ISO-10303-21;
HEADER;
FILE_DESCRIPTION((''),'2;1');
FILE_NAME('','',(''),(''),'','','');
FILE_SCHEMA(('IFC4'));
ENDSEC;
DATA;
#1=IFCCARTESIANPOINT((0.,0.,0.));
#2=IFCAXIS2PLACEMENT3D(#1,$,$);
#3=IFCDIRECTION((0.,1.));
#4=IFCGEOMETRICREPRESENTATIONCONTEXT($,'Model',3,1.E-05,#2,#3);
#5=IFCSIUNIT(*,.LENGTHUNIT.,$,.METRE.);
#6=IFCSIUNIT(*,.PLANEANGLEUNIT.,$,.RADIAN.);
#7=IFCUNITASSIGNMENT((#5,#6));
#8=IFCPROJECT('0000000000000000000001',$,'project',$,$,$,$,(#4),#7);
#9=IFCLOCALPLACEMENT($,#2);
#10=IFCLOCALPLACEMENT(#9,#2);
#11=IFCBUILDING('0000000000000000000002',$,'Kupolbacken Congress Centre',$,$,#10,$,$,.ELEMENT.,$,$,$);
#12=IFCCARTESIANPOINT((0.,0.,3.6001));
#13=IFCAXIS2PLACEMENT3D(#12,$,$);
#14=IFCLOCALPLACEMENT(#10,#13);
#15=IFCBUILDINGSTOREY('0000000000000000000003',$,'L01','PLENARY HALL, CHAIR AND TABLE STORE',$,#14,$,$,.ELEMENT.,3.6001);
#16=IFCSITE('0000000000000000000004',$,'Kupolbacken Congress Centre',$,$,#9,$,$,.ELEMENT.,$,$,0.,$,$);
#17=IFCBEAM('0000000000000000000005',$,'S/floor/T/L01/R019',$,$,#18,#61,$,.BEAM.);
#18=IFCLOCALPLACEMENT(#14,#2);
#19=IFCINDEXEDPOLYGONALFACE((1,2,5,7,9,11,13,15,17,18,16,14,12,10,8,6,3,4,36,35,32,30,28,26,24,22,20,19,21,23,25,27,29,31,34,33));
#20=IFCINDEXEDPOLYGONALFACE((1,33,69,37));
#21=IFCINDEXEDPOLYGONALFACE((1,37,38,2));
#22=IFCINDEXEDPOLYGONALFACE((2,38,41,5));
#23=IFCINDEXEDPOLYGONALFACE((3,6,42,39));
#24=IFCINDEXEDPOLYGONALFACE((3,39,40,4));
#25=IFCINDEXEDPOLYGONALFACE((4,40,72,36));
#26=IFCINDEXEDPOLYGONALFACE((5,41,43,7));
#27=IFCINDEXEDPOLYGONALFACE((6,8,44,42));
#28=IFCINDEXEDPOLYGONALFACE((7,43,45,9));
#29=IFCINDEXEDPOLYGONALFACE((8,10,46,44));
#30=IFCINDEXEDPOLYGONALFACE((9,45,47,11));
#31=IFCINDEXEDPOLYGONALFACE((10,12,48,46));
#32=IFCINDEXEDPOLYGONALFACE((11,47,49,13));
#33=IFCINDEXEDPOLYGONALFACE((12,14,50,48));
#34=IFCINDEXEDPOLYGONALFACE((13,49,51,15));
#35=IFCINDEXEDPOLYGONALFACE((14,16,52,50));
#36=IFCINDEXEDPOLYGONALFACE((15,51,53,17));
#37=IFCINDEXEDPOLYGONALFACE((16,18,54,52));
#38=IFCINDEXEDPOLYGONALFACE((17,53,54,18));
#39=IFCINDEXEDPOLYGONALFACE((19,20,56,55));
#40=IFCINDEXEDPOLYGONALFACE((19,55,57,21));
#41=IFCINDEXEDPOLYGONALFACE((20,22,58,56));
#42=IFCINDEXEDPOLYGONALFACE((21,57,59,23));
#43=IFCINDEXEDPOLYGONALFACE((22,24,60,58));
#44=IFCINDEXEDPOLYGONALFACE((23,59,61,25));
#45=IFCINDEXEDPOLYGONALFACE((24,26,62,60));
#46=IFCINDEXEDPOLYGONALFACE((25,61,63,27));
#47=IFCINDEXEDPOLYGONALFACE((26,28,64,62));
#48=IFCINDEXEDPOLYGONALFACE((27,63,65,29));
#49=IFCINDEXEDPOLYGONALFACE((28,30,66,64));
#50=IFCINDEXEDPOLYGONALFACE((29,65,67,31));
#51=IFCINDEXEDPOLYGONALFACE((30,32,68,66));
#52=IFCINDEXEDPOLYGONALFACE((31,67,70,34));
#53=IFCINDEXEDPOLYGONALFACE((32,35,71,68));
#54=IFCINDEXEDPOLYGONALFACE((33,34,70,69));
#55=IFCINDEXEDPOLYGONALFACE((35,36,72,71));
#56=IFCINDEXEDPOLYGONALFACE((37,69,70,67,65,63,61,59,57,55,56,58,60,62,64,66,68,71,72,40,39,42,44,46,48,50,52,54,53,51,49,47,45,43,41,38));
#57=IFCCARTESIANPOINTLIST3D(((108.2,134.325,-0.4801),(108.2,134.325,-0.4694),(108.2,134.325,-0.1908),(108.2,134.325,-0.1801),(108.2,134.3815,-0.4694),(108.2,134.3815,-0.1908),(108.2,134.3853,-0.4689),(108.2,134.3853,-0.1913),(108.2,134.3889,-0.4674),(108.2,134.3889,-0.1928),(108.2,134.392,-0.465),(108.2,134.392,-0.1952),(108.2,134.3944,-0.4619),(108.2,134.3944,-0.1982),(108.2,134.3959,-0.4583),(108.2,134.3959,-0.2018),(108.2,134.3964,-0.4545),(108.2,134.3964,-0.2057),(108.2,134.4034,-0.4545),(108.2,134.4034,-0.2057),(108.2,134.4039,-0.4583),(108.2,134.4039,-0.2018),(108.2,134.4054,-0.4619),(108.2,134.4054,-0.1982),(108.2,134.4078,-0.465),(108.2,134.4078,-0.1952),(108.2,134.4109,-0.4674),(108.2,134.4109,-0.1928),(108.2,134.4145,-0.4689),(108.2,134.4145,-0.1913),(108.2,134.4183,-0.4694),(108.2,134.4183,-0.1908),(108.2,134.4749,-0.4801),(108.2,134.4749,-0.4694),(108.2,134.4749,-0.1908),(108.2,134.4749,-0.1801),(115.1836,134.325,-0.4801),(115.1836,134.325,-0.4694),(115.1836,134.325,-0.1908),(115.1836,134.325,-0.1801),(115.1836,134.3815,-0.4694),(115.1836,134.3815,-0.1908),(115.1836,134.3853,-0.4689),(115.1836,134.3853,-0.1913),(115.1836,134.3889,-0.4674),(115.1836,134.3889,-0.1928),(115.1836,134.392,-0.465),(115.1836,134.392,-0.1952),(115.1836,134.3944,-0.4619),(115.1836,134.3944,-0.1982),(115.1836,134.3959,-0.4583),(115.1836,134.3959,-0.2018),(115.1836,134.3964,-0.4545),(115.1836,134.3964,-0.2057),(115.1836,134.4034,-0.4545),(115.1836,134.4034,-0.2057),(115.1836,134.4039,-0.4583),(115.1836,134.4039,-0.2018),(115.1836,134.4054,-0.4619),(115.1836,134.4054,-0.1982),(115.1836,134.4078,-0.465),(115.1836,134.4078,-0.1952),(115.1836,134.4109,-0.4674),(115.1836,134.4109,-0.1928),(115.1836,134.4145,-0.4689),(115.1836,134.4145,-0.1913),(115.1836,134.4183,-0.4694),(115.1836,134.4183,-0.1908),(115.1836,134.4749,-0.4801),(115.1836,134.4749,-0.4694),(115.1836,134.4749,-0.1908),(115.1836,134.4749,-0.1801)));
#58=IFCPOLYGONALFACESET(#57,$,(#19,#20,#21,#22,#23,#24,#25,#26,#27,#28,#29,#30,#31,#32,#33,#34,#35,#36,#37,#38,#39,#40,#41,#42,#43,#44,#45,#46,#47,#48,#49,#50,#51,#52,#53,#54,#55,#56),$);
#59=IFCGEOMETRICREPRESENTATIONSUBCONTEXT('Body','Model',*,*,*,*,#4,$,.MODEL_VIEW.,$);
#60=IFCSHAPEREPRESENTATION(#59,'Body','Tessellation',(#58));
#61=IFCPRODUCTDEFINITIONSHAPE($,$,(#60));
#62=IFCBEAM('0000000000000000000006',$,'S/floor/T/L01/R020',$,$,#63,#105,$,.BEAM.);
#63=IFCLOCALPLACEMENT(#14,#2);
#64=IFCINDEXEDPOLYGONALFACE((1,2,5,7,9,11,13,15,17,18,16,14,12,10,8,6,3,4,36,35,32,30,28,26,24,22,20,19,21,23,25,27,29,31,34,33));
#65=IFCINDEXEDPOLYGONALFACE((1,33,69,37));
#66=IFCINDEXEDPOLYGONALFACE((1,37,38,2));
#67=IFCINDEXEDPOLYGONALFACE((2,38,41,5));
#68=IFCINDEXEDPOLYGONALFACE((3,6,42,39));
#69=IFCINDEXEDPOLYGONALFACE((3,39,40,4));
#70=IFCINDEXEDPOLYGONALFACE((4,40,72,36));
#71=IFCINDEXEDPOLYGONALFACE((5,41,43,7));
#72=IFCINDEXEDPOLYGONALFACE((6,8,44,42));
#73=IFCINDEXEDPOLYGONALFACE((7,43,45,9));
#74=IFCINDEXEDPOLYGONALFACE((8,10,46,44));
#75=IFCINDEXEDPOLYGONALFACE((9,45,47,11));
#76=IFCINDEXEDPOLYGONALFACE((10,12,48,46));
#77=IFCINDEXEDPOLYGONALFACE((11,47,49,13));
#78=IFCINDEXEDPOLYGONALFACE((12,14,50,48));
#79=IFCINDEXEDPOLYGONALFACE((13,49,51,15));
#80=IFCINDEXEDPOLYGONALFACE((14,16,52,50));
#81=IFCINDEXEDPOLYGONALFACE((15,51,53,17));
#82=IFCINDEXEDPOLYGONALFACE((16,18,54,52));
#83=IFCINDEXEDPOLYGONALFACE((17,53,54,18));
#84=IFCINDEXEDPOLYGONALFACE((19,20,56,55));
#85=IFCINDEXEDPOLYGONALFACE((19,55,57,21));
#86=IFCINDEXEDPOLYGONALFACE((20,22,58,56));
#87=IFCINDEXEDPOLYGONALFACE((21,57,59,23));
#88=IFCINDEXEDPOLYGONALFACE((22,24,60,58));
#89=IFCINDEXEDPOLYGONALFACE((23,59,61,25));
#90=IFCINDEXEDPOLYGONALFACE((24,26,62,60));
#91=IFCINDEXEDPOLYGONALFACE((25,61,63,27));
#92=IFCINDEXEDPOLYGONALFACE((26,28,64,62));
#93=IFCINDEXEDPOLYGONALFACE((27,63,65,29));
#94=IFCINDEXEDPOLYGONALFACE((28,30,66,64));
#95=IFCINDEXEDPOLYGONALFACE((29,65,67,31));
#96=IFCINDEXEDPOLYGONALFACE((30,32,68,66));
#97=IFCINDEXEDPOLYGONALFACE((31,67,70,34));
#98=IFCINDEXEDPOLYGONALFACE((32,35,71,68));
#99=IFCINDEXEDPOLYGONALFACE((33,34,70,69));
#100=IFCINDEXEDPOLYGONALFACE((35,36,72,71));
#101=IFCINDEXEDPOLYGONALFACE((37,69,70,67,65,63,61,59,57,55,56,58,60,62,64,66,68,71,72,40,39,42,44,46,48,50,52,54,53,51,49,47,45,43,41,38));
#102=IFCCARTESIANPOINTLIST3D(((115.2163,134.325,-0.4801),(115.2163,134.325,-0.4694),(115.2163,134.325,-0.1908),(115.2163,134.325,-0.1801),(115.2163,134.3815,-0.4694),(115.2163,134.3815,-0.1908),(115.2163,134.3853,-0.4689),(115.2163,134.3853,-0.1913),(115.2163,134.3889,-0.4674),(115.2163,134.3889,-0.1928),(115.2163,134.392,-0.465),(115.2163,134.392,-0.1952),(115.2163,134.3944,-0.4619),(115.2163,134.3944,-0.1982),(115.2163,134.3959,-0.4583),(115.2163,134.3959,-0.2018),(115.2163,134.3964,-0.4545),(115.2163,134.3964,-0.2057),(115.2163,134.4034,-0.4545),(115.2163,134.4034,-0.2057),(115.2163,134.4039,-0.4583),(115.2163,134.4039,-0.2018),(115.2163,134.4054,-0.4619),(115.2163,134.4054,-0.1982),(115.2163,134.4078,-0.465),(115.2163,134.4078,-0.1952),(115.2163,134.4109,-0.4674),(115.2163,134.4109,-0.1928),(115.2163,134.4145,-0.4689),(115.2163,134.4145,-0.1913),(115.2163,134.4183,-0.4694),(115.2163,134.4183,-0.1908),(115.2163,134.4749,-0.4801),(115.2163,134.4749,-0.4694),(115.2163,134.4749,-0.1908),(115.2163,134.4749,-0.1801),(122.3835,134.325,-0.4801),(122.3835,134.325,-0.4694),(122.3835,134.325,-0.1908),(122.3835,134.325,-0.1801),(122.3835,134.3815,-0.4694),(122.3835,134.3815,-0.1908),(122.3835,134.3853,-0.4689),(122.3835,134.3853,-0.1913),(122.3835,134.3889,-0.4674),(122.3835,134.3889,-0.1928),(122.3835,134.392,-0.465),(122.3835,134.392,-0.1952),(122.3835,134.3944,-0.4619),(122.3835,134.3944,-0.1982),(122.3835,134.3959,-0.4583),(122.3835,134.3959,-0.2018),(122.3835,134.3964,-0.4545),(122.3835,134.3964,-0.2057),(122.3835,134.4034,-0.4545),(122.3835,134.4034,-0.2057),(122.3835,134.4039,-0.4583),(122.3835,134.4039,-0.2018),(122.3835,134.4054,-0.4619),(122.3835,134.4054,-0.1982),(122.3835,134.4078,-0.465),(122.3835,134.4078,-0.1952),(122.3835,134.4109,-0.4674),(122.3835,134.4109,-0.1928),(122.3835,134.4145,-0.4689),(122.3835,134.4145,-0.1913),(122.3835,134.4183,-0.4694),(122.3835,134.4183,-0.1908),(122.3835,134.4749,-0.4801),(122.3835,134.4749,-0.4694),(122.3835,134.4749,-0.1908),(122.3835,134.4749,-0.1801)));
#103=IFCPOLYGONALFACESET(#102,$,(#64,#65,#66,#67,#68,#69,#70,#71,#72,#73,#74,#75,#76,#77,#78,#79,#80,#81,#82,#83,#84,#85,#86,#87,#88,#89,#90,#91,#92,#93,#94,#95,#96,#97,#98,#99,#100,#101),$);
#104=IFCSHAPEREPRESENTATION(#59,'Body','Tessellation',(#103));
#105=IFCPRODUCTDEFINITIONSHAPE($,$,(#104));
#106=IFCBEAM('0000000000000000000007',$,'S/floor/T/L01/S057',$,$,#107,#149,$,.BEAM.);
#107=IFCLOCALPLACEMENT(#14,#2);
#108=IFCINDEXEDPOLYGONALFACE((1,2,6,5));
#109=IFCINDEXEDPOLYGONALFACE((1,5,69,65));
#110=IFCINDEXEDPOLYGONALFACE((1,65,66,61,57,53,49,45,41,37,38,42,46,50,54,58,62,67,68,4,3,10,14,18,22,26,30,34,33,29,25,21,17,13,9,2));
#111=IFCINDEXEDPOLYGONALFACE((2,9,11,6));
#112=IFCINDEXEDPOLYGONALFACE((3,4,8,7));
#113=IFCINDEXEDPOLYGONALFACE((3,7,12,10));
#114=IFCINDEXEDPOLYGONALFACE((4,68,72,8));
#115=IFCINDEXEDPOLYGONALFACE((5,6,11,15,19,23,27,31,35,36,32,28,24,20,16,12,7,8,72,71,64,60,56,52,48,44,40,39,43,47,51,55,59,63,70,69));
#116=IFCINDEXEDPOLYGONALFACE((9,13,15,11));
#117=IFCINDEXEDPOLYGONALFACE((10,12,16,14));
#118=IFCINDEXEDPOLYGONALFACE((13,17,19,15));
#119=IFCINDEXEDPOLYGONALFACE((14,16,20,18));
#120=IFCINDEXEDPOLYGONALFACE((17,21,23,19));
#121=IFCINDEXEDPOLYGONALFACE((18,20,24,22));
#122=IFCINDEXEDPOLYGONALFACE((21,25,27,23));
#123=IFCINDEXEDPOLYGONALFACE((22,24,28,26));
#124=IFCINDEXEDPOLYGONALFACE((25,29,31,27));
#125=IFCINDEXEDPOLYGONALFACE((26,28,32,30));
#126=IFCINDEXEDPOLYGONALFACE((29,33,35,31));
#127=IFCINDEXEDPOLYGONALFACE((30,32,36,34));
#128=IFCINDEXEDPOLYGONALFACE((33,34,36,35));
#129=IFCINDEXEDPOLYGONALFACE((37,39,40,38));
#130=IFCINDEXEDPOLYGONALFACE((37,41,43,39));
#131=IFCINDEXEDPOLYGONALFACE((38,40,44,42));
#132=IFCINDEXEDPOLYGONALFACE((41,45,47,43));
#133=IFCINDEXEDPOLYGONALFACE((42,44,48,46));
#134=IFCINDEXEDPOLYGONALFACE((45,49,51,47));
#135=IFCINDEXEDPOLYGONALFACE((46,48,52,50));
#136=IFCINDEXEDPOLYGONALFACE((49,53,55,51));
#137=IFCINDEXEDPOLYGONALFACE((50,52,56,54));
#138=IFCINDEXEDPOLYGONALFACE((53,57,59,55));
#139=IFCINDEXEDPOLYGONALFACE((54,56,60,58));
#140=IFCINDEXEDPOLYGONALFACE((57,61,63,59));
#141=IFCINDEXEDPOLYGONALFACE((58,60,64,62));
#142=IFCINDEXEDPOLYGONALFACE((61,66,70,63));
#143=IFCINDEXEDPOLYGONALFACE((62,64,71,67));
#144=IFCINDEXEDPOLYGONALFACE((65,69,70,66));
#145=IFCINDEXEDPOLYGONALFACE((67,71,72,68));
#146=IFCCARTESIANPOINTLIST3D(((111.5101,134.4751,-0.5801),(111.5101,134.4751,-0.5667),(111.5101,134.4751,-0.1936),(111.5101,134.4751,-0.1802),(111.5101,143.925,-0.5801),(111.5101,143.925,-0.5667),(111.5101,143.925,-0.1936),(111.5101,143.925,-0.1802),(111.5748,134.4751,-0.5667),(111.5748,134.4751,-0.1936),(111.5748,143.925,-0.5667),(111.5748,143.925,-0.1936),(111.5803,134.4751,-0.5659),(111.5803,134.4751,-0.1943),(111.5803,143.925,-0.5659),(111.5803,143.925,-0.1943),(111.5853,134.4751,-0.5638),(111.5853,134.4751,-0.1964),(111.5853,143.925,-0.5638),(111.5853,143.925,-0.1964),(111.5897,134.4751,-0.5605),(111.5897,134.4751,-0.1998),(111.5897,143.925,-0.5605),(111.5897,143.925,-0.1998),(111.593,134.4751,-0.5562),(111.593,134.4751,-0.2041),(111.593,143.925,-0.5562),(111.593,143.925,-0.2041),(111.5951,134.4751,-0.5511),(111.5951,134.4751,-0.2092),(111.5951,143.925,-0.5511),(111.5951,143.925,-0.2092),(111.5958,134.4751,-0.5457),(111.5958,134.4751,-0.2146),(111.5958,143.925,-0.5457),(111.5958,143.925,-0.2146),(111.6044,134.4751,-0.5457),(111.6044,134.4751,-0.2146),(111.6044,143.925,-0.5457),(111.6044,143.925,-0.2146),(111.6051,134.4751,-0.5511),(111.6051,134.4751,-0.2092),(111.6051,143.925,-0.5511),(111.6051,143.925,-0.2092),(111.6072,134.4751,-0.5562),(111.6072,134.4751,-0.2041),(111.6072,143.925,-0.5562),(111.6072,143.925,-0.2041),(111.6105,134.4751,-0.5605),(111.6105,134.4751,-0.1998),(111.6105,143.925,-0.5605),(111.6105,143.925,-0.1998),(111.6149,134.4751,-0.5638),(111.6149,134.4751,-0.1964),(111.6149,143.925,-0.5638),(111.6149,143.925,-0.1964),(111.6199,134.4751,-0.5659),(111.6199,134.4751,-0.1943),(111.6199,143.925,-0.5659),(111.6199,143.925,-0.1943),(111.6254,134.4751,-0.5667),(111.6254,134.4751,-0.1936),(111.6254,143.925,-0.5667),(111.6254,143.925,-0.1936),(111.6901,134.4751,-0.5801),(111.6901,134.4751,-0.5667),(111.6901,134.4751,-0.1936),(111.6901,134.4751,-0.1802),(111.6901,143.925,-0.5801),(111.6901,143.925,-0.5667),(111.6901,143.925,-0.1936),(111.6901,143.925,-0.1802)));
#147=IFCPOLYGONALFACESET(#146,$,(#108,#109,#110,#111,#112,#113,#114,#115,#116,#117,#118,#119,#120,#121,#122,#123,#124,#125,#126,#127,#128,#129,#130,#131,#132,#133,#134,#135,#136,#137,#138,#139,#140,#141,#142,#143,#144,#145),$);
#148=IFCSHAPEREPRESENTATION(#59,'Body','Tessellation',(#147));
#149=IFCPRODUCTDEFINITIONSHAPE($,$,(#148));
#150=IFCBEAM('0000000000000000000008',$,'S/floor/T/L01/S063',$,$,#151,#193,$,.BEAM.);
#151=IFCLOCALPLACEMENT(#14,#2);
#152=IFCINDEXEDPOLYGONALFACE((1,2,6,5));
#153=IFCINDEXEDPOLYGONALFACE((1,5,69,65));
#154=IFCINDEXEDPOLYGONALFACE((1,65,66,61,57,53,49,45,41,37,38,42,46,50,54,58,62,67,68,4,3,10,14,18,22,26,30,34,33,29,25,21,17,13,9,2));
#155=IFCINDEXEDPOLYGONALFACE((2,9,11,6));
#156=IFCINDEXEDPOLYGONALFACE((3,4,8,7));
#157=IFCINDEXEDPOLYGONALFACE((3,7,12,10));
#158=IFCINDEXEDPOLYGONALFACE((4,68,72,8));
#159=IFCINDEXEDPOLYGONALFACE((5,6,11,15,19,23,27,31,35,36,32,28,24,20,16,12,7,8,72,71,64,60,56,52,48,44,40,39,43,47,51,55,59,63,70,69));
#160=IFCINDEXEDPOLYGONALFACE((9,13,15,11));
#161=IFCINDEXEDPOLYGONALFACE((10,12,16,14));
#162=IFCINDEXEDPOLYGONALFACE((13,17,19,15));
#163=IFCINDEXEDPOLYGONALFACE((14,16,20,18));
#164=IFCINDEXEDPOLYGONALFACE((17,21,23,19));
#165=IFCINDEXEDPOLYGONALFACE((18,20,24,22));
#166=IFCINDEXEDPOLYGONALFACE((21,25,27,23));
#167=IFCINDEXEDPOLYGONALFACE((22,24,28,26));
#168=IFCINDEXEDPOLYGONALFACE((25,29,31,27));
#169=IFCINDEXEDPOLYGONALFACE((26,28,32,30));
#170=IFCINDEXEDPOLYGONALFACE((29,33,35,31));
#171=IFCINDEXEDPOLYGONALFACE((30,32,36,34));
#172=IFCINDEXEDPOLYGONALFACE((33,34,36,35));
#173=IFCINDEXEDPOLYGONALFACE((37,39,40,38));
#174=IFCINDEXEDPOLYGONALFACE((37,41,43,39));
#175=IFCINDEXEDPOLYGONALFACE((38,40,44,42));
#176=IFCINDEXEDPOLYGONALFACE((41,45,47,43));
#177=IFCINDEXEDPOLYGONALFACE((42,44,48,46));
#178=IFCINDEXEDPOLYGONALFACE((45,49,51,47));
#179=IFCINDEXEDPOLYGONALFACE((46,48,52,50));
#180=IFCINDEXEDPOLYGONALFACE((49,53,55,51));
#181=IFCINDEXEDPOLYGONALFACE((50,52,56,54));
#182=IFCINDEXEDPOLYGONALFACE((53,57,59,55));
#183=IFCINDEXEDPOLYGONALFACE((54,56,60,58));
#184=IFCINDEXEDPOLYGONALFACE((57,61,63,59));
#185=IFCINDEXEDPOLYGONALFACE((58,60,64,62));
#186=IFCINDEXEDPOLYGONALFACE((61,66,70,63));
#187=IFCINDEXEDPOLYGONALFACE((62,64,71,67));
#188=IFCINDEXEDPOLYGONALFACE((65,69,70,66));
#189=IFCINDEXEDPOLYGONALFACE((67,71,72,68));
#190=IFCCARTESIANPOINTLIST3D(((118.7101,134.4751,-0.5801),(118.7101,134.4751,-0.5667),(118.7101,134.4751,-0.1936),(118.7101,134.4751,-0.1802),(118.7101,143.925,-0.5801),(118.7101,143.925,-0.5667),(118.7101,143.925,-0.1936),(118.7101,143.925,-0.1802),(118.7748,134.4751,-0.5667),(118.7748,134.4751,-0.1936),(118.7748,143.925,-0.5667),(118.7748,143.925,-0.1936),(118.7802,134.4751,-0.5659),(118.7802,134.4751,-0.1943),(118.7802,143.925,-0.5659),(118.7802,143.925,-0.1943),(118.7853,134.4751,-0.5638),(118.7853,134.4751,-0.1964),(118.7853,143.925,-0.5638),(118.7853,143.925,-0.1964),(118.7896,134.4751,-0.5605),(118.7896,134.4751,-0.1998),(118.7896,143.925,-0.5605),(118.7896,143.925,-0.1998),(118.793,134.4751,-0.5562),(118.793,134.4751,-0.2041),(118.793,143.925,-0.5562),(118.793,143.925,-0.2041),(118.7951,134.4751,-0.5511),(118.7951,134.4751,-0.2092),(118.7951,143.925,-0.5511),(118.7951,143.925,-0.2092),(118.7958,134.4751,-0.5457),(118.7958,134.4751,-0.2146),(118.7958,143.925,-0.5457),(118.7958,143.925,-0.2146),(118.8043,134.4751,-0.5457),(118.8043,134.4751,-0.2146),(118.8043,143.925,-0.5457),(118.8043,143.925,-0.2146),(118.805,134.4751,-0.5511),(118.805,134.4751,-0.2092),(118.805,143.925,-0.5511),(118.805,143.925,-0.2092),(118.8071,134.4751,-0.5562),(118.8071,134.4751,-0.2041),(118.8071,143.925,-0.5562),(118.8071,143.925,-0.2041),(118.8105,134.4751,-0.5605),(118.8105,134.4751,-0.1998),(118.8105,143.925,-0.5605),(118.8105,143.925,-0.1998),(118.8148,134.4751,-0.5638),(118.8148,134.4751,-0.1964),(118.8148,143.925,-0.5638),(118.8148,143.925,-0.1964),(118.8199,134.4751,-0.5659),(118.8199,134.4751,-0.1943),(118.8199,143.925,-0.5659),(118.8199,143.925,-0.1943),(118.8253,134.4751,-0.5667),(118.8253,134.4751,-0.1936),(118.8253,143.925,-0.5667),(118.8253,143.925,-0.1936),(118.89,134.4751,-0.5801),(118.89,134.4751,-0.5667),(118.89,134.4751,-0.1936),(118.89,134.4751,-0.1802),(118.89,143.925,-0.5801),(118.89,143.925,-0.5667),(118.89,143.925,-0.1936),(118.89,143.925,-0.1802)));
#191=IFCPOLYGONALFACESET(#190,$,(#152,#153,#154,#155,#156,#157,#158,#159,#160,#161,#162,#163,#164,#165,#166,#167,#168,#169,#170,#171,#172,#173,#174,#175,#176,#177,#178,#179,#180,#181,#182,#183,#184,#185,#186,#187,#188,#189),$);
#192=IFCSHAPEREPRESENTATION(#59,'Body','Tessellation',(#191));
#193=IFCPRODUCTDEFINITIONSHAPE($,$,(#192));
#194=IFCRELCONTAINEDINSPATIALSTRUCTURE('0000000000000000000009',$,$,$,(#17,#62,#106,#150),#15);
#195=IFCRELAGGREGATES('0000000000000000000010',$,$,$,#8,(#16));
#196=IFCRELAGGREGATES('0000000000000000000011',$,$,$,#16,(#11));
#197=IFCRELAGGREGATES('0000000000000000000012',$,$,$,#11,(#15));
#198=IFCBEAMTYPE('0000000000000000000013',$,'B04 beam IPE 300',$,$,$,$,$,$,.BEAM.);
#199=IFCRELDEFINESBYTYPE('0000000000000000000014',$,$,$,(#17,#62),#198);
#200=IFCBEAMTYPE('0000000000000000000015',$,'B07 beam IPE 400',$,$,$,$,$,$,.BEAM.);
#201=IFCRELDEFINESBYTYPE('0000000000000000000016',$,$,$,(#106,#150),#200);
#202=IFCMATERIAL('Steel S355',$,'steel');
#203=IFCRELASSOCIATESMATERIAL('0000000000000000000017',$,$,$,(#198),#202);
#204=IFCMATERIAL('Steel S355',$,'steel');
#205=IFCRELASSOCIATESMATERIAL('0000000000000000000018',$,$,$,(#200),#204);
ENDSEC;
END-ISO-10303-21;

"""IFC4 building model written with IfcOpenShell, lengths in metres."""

from ifc_helpers import new_model, si_unit, direction, frame, origin, origin_2d, place, context, subcontext, project, spatial, i_section, extrude, material, material_profile, profile_set, type_object, element, save


model = new_model("IFC4")

# Units and contexts
model_context = context("Model", 3, precision=1e-05, world=origin(), true_north=direction((0.0, 1.0)))
body_context = subcontext(model_context, "Body", "Model", "MODEL_VIEW")
ifc_project = project(units=[si_unit("LENGTHUNIT", "METRE"), si_unit("PLANEANGLEUNIT", "RADIAN")], contexts=[model_context])

# Site, building, storey
site_placement = place(None, origin())
site = spatial("IfcSite", under=ifc_project, at=site_placement, Name="Kupolbacken Congress Centre", CompositionType="ELEMENT", RefElevation=0.0)
building_placement = place(site_placement, origin())
building = spatial("IfcBuilding", under=site, at=building_placement, Name="Kupolbacken Congress Centre", CompositionType="ELEMENT")
storey_placement = place(building_placement, frame((0.0, 0.0, 3.6001)))
storey = spatial("IfcBuildingStorey", under=building, at=storey_placement, Name="L01", Description="PLENARY HALL, CHAIR AND TABLE STORE", CompositionType="ELEMENT", Elevation=3.6001)

# Beams
ifc_material_1 = material(Name="Steel S355", Category="steel")
ifc_material_profile_1 = material_profile(ifc_material_1, i_section(OverallWidth=0.1499, OverallDepth=0.3, WebThickness=0.0071, FlangeThickness=0.0107, FilletRadius=0.0149, at=origin_2d()), Name="IPE 300")
ifc_profile_set_1 = profile_set([ifc_material_profile_1], Name="Steel S355")
beam_type_1 = type_object("IfcBeamType", Name="B04 beam IPE 300", PredefinedType="BEAM", material=ifc_profile_set_1)
beam_1_placement = place(storey_placement, frame((108.2, 134.3999, -0.3301), z_axis=(1.0, 0.0, 0.0), x_axis=(0.0, 1.0, 0.0)))
element("IfcBeam", 1, at=beam_1_placement, inside=storey, type_object=beam_type_1, Name="S/floor/T/L01/R019", PredefinedType="BEAM", context=body_context, shape_type="SweptSolid", body=[
    extrude(i_section(OverallWidth=0.1499, OverallDepth=0.3, WebThickness=0.0071, FlangeThickness=0.0107, FilletRadius=0.0149, at=origin_2d()), origin(), (0.0, 0.0, 1.0), 6.9836),
])
beam_2_placement = place(storey_placement, frame((115.2163, 134.3999, -0.3301), z_axis=(1.0, 0.0, 0.0), x_axis=(0.0, 1.0, 0.0)))
element("IfcBeam", 2, at=beam_2_placement, inside=storey, type_object=beam_type_1, Name="S/floor/T/L01/R020", PredefinedType="BEAM", context=body_context, shape_type="SweptSolid", body=[
    extrude(i_section(OverallWidth=0.1499, OverallDepth=0.3, WebThickness=0.0071, FlangeThickness=0.0107, FilletRadius=0.0149, at=origin_2d()), origin(), (0.0, 0.0, 1.0), 7.1672),
])
ifc_material_2 = material(Name="Steel S355", Category="steel")
ifc_material_profile_2 = material_profile(ifc_material_2, i_section(OverallWidth=0.1799, OverallDepth=0.3999, WebThickness=0.0085, FlangeThickness=0.0134, FilletRadius=0.021, at=origin_2d()), Name="IPE 400")
ifc_profile_set_2 = profile_set([ifc_material_profile_2], Name="Steel S355")
beam_type_2 = type_object("IfcBeamType", Name="B07 beam IPE 400", PredefinedType="BEAM", material=ifc_profile_set_2)
for number, where, z_axis, x_axis, name in (
    (3, (111.6001, 134.4751, -0.3801), (0.0, 1.0, 0.0), (-1.0, 0.0, 0.0), "S/floor/T/L01/S057"),
    (4, (118.8, 134.4751, -0.3801), (0.0, 1.0, 0.0), (-1.0, 0.0, 0.0), "S/floor/T/L01/S063"),
):
    element("IfcBeam", number, at=place(storey_placement, frame(where, z_axis=z_axis, x_axis=x_axis)), inside=storey, type_object=beam_type_2, Name=name, PredefinedType="BEAM", context=body_context, shape_type="SweptSolid", body=[
        extrude(i_section(OverallWidth=0.1799, OverallDepth=0.3999, WebThickness=0.0085, FlangeThickness=0.0134, FilletRadius=0.021, at=origin_2d()), origin(), (0.0, 0.0, 1.0), 9.45),
    ])

save(model, "model.ifc")
